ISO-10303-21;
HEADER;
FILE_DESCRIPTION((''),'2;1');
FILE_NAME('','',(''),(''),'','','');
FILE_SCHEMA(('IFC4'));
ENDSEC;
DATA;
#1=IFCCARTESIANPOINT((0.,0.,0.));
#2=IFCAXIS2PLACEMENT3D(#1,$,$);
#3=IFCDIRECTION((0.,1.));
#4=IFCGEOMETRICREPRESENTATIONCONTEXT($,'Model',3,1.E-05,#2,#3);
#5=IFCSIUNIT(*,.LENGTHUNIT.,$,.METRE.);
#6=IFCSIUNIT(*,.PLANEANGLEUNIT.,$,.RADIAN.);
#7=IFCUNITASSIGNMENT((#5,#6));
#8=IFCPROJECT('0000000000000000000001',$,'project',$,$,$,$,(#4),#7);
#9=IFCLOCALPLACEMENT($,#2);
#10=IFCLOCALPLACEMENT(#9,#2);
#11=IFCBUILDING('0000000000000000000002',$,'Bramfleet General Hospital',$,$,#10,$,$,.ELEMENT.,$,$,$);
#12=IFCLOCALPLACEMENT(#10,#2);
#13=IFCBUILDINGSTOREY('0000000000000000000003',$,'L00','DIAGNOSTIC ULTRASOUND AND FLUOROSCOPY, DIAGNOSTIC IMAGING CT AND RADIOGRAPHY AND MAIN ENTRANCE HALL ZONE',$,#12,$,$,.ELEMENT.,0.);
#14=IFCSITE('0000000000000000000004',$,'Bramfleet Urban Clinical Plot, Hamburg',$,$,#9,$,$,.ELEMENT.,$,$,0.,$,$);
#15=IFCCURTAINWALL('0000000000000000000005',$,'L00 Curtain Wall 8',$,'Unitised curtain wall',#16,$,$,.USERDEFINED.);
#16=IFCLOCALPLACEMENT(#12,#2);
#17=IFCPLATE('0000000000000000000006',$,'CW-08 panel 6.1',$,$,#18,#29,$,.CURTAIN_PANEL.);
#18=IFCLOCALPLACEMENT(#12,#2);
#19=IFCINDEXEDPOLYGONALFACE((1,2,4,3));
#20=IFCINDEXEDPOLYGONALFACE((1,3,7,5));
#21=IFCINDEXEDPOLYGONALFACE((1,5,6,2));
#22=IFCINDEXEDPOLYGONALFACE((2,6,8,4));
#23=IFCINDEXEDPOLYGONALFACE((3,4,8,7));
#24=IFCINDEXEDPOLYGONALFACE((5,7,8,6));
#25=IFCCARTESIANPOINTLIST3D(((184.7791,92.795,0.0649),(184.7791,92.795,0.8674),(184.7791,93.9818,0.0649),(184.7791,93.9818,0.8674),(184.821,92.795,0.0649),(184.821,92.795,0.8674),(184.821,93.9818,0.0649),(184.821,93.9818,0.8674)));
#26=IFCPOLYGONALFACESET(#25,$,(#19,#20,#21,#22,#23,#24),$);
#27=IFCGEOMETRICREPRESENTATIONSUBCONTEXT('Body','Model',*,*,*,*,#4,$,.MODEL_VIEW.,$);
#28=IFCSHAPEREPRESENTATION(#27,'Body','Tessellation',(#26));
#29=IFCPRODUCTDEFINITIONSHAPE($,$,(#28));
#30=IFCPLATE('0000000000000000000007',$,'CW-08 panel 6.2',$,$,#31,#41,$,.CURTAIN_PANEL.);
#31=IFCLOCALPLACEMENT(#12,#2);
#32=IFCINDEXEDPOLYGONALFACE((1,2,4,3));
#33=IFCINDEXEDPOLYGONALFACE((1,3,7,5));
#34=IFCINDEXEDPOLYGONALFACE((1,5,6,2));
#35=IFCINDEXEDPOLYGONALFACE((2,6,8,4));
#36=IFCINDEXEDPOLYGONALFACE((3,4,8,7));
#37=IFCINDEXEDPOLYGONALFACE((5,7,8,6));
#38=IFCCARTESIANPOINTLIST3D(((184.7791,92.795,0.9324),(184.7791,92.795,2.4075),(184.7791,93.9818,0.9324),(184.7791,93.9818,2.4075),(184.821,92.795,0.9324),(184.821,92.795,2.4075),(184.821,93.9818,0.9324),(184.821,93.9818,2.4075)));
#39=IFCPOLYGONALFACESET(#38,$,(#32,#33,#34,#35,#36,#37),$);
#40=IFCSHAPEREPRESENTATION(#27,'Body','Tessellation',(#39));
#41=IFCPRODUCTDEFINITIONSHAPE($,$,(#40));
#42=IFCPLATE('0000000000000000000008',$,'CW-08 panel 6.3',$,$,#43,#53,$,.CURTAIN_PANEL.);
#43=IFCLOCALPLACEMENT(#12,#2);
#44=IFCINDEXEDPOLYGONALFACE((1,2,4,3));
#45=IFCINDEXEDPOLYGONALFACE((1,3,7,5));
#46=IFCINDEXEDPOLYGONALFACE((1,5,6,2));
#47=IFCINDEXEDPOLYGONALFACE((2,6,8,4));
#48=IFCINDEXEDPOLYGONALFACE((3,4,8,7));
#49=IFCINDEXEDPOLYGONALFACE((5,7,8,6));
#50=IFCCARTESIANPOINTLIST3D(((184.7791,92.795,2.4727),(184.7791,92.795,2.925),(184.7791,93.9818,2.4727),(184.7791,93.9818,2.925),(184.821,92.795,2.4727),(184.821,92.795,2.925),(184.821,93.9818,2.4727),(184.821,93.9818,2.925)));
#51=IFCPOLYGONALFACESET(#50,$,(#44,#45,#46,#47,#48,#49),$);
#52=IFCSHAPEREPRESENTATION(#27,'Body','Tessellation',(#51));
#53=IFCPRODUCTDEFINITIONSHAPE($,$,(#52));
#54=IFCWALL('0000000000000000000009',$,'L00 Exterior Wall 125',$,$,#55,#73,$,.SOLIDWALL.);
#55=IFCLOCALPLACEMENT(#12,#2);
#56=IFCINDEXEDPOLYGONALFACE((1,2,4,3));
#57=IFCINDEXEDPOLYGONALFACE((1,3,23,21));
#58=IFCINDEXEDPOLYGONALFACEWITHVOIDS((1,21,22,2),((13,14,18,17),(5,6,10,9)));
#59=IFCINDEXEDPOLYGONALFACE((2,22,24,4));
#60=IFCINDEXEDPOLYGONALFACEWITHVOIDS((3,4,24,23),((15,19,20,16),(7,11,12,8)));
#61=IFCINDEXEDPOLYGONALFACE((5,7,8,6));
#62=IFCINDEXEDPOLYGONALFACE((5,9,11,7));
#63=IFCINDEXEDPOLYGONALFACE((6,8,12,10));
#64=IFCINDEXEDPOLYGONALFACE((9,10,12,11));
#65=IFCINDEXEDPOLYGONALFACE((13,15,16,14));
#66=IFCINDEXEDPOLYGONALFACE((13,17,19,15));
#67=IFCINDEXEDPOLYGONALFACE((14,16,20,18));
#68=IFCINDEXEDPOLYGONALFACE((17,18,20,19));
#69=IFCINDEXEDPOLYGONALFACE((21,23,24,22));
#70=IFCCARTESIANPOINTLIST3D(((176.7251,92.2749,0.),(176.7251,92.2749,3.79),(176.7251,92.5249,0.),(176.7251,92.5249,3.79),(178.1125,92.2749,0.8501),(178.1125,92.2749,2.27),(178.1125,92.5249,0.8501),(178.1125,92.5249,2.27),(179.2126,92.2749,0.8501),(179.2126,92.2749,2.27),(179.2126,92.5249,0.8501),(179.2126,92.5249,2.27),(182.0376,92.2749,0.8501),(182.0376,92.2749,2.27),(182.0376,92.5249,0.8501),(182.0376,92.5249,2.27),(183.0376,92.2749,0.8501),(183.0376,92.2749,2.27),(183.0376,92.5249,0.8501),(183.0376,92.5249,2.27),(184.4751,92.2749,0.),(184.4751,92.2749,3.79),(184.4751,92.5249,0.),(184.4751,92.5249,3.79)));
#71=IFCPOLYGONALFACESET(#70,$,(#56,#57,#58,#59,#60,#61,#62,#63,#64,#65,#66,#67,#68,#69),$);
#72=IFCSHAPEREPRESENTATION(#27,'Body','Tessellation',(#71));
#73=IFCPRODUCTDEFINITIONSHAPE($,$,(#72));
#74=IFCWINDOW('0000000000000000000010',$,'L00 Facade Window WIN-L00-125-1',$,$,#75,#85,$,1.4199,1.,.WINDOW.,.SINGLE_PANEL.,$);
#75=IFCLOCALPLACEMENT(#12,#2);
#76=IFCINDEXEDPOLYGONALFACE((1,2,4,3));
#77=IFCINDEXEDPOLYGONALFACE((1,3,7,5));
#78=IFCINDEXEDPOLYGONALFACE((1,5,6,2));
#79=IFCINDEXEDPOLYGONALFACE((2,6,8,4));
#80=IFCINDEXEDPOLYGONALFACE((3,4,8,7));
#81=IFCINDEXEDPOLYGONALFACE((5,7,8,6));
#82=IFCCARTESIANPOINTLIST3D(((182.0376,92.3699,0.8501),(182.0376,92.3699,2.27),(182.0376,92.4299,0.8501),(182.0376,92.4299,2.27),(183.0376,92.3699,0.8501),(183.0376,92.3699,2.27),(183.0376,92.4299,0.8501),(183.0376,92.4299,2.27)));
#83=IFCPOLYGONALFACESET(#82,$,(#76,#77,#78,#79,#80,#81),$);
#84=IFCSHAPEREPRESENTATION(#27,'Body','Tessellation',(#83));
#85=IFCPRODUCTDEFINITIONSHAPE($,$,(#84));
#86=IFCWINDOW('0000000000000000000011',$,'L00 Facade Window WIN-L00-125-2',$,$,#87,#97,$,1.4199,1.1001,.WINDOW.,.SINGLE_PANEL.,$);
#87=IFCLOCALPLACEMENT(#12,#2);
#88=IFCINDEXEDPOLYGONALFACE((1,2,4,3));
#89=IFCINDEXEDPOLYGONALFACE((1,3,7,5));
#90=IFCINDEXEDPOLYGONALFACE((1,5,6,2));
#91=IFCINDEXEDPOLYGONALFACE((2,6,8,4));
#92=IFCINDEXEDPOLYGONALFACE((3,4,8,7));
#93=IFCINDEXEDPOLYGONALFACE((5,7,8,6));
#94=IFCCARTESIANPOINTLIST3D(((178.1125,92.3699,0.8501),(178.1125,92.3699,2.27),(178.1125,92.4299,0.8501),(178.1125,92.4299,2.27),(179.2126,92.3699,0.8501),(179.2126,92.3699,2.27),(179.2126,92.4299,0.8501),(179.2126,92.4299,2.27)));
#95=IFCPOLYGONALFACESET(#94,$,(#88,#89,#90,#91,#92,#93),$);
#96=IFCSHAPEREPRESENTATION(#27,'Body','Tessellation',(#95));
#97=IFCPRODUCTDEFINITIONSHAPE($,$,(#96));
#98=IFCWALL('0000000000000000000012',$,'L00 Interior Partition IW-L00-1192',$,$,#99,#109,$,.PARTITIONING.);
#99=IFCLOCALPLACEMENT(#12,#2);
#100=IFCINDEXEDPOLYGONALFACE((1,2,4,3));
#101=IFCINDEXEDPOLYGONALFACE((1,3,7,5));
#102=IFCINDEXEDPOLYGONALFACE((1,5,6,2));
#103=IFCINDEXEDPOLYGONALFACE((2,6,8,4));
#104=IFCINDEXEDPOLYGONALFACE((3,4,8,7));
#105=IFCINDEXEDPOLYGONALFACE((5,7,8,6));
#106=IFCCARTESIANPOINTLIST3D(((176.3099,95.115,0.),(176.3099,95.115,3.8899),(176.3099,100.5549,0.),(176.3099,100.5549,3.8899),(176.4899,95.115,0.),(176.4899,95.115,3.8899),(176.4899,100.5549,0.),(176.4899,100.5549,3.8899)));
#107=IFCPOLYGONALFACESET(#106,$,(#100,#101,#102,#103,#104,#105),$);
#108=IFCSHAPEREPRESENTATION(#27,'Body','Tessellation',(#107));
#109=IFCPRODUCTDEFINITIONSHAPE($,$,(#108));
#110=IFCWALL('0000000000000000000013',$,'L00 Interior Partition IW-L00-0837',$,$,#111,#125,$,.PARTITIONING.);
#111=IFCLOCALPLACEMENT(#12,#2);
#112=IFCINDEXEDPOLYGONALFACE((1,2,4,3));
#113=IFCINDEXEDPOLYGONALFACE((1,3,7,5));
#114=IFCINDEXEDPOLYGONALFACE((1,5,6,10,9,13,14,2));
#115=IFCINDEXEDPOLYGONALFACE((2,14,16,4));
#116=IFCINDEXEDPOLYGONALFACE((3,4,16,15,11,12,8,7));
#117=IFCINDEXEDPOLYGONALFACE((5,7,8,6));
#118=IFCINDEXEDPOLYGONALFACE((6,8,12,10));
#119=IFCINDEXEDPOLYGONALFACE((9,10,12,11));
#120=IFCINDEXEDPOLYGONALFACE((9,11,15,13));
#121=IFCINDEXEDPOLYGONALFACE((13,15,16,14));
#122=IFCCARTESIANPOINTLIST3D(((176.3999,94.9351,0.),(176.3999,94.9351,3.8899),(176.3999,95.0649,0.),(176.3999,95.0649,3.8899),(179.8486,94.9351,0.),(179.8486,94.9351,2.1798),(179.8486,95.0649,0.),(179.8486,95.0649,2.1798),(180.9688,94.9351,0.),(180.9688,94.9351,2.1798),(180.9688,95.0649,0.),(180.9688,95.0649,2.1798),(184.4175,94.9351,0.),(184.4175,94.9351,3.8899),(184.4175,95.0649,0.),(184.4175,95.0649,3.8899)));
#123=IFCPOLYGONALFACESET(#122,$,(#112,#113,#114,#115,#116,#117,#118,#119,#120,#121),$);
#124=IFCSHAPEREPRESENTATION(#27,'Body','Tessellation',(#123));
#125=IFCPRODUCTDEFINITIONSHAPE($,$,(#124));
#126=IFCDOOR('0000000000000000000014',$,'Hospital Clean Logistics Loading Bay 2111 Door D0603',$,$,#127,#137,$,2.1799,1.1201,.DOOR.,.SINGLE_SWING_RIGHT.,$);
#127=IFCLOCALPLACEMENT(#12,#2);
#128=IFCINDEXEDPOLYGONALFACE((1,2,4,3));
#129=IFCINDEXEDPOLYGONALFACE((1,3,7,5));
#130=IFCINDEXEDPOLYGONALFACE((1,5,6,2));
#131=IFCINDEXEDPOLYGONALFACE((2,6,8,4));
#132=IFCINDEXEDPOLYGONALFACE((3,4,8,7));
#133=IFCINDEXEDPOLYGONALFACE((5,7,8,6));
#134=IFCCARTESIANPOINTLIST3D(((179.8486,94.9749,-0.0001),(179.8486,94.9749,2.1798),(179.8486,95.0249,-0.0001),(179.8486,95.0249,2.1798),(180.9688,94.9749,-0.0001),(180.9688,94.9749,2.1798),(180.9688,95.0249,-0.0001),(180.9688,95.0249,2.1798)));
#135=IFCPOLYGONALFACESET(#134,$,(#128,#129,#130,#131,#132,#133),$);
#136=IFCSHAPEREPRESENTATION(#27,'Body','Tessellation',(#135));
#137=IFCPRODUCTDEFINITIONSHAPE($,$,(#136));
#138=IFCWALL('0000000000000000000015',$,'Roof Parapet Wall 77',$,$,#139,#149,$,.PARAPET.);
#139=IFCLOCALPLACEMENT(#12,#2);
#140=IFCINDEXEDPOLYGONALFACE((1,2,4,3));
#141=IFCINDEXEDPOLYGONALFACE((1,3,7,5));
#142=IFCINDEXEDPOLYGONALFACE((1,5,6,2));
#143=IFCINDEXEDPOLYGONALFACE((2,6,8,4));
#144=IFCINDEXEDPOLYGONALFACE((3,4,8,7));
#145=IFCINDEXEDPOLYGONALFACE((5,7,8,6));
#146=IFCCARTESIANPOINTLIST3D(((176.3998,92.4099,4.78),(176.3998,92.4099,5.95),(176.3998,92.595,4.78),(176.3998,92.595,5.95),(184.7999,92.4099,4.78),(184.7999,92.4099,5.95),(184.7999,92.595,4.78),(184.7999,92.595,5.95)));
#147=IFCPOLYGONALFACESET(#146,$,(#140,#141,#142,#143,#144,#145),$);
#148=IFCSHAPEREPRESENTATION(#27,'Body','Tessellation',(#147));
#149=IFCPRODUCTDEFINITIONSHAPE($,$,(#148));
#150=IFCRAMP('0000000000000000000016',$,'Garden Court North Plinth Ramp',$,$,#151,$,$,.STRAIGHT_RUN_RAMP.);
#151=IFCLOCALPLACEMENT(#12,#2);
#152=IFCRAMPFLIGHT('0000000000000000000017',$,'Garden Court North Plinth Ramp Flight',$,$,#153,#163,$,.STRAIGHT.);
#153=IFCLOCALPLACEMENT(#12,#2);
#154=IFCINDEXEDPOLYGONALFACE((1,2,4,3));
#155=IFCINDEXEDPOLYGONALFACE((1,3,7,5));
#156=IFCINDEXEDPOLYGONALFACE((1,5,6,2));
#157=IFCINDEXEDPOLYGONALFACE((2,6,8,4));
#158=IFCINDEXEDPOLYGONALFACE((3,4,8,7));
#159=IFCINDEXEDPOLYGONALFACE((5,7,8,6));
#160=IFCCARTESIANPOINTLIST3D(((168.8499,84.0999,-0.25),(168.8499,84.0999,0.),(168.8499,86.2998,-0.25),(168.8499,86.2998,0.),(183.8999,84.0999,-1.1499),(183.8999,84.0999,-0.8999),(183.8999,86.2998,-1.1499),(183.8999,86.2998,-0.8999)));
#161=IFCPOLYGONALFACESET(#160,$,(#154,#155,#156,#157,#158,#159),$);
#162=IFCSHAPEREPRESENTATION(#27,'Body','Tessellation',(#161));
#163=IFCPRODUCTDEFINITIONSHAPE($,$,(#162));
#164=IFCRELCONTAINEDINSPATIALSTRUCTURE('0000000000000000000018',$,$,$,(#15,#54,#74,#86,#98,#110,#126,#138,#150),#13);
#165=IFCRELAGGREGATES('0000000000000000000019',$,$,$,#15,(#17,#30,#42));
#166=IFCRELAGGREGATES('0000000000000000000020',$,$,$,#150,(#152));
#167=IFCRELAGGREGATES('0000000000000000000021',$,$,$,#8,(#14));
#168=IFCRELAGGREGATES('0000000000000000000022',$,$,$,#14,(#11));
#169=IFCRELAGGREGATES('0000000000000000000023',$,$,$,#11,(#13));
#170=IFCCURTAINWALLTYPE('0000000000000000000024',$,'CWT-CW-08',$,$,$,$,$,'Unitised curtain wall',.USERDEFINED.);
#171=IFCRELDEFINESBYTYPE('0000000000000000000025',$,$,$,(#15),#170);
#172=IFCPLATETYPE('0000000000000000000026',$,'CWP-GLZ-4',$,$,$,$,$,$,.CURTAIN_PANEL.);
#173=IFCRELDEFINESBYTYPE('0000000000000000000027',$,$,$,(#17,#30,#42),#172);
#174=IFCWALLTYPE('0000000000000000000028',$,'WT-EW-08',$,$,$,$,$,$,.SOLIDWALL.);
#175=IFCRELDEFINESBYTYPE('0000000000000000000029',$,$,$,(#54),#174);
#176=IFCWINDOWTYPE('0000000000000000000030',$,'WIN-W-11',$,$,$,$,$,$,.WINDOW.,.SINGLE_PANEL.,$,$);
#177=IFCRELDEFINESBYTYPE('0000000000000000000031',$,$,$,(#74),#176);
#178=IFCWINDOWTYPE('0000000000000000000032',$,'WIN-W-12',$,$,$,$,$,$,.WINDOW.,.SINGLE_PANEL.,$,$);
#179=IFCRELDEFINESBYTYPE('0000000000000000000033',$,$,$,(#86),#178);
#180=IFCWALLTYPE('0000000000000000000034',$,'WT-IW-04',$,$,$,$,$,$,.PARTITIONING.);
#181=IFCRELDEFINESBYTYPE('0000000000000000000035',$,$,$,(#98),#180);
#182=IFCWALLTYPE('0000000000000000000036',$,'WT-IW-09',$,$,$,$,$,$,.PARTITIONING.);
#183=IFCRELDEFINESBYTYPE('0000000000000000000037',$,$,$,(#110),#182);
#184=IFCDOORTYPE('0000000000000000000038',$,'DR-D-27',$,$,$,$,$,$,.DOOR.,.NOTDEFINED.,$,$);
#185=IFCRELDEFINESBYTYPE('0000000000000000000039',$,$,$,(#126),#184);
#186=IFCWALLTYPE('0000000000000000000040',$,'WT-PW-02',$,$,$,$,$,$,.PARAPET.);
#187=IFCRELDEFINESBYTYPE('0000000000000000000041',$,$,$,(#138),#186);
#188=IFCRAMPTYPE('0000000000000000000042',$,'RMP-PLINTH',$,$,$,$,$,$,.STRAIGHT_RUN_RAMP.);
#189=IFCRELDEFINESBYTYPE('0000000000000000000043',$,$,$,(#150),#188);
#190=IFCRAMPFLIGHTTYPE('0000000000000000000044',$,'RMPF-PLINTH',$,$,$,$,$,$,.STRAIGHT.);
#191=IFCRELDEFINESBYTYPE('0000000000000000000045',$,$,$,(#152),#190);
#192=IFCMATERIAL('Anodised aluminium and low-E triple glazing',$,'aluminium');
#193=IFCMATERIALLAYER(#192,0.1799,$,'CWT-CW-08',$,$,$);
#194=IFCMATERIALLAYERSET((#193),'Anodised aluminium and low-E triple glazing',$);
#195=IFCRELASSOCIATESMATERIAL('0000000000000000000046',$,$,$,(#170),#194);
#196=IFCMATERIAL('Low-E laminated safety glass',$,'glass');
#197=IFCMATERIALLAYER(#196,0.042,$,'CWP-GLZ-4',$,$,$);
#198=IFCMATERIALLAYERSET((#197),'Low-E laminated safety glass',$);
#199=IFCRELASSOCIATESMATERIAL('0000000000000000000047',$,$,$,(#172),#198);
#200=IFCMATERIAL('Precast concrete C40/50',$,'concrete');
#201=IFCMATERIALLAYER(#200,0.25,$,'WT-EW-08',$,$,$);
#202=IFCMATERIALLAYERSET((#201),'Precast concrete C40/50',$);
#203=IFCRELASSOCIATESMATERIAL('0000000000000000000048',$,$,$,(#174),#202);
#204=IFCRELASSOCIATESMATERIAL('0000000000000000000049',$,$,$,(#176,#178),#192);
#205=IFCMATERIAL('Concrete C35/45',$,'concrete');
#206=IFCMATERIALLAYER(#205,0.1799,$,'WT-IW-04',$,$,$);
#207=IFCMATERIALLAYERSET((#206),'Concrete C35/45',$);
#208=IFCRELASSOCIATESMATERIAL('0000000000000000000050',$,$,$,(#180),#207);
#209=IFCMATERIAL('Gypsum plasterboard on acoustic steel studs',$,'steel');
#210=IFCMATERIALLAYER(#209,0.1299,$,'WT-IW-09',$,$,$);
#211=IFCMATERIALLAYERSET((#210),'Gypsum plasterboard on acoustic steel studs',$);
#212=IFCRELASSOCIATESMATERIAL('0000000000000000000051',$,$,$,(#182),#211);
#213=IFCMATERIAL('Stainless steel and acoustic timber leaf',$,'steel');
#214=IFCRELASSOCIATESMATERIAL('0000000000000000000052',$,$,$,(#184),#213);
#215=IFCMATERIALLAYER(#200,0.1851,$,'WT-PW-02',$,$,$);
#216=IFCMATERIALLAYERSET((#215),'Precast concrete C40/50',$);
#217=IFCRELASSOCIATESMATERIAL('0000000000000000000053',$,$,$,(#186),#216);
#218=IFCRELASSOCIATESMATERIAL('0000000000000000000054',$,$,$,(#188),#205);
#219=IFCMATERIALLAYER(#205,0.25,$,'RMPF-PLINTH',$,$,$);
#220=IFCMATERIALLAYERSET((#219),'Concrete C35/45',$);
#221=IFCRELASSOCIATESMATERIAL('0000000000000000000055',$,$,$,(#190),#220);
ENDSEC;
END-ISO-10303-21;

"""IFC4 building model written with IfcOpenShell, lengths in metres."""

from ifc_helpers import new_model, si_unit, direction, frame, frame_2d, origin, origin_2d, place, context, subcontext, project, spatial, polyline, rectangle, outline, extrude, material, layer, layer_set, type_object, element, fill, aggregate, save


model = new_model("IFC4")

# Units and contexts
model_context = context("Model", 3, precision=1e-05, world=origin(), true_north=direction((0.0, 1.0)))
body_context = subcontext(model_context, "Body", "Model", "MODEL_VIEW")
ifc_project = project(units=[si_unit("LENGTHUNIT", "METRE"), si_unit("PLANEANGLEUNIT", "RADIAN")], contexts=[model_context])

# Site, building, storey
site_placement = place(None, origin())
site = spatial("IfcSite", under=ifc_project, at=site_placement, Name="Bramfleet Urban Clinical Plot, Hamburg", CompositionType="ELEMENT", RefElevation=0.0)
building_placement = place(site_placement, origin())
building = spatial("IfcBuilding", under=site, at=building_placement, Name="Bramfleet General Hospital", CompositionType="ELEMENT")
storey_placement = place(building_placement, origin())
storey = spatial("IfcBuildingStorey", under=building, at=storey_placement, Name="L00", Description="DIAGNOSTIC ULTRASOUND AND FLUOROSCOPY, DIAGNOSTIC IMAGING CT AND RADIOGRAPHY AND MAIN ENTRANCE HALL ZONE", CompositionType="ELEMENT", Elevation=0.0)

# Shared definitions
ifc_material_1 = material(Name="Concrete C35/45", Category="concrete")

# Curtain wall, plates
ifc_material_2 = material(Name="Anodised aluminium and low-E triple glazing", Category="aluminium")
ifc_layer_1 = layer(ifc_material_2, 0.1799, Name="CWT-CW-08")
ifc_layer_set_1 = layer_set([ifc_layer_1], Name="Anodised aluminium and low-E triple glazing")
curtain_wall_type = type_object("IfcCurtainWallType", Name="CWT-CW-08", ElementType="Unitised curtain wall", PredefinedType="USERDEFINED", material=ifc_layer_set_1)
curtain_wall_placement = place(storey_placement, origin())
curtain_wall = element("IfcCurtainWall", 1, at=curtain_wall_placement, inside=storey, type_object=curtain_wall_type, Name="L00 Curtain Wall 8", ObjectType="Unitised curtain wall", PredefinedType="USERDEFINED")
ifc_material_3 = material(Name="Low-E laminated safety glass", Category="glass")
ifc_layer_2 = layer(ifc_material_3, 0.042, Name="CWP-GLZ-4")
ifc_layer_set_2 = layer_set([ifc_layer_2], Name="Low-E laminated safety glass")
plate_type = type_object("IfcPlateType", Name="CWP-GLZ-4", PredefinedType="CURTAIN_PANEL", material=ifc_layer_set_2)
plate_1_placement = place(storey_placement, frame((184.8, 93.3884, 0.0649), z_axis=(0.0, 0.0, 1.0), x_axis=(0.0, -1.0, 0.0)))
plate_1 = element("IfcPlate", 2, at=plate_1_placement, type_object=plate_type, Name="CW-08 panel 6.1", PredefinedType="CURTAIN_PANEL", context=body_context, shape_type="SweptSolid", body=[
    extrude(rectangle(XDim=1.1868, YDim=0.042, at=origin_2d()), origin(), (0.0, 0.0, 1.0), 0.8025),
])
plate_2_placement = place(storey_placement, frame((184.8, 93.3884, 0.9324), z_axis=(0.0, 0.0, 1.0), x_axis=(0.0, -1.0, 0.0)))
plate_2 = element("IfcPlate", 3, at=plate_2_placement, type_object=plate_type, Name="CW-08 panel 6.2", PredefinedType="CURTAIN_PANEL", context=body_context, shape_type="SweptSolid", body=[
    extrude(rectangle(XDim=1.1868, YDim=0.042, at=origin_2d()), origin(), (0.0, 0.0, 1.0), 1.4751),
])
plate_3_placement = place(storey_placement, frame((184.8, 93.3884, 2.4727), z_axis=(0.0, 0.0, 1.0), x_axis=(0.0, -1.0, 0.0)))
plate_3 = element("IfcPlate", 4, at=plate_3_placement, type_object=plate_type, Name="CW-08 panel 6.3", PredefinedType="CURTAIN_PANEL", context=body_context, shape_type="SweptSolid", body=[
    extrude(rectangle(XDim=1.1868, YDim=0.042, at=origin_2d()), origin(), (0.0, 0.0, 1.0), 0.4524),
])
aggregate(curtain_wall, [plate_1, plate_2, plate_3])

# Wall, openings, windows
ifc_material_4 = material(Name="Precast concrete C40/50", Category="concrete")
ifc_layer_3 = layer(ifc_material_4, 0.25, Name="WT-EW-08")
ifc_layer_set_3 = layer_set([ifc_layer_3], Name="Precast concrete C40/50")
wall_type_1 = type_object("IfcWallType", Name="WT-EW-08", PredefinedType="SOLIDWALL", material=ifc_layer_set_3)
wall_1_placement = place(storey_placement, frame((184.4751, 92.3999, 0.0), z_axis=(0.0, 0.0, 1.0), x_axis=(-1.0, 0.0, 0.0)))
wall_1 = element("IfcWall", 5, at=wall_1_placement, inside=storey, type_object=wall_type_1, Name="L00 Exterior Wall 125", PredefinedType="SOLIDWALL", context=body_context, shape_type="SweptSolid", body=[
    extrude(rectangle(XDim=7.75, YDim=0.25, at=frame_2d((3.875, 0.0))), origin(), (0.0, 0.0, 1.0), 3.79),
])
opening_1_placement = place(wall_1_placement, frame((1.4375, 0.0, 0.8501)))
opening_1 = element("IfcOpeningElement", 6, at=opening_1_placement, cuts=wall_1, PredefinedType="OPENING", context=body_context, shape_type="SweptSolid", body=[
    extrude(rectangle(XDim=1.0, YDim=1.4199, at=frame_2d((0.5, 0.71))), frame((0.0, 0.135, 0.0), z_axis=(0.0, -1.0, 0.0), x_axis=(1.0, 0.0, 0.0)), (0.0, 0.0, 1.0), 0.27),
])
opening_2_placement = place(wall_1_placement, frame((5.2625, 0.0, 0.8501)))
opening_2 = element("IfcOpeningElement", 7, at=opening_2_placement, cuts=wall_1, PredefinedType="OPENING", context=body_context, shape_type="SweptSolid", body=[
    extrude(rectangle(XDim=1.1001, YDim=1.4199, at=frame_2d((0.55, 0.71))), frame((0.0, 0.135, 0.0), z_axis=(0.0, -1.0, 0.0), x_axis=(1.0, 0.0, 0.0)), (0.0, 0.0, 1.0), 0.27),
])
window_type_1 = type_object("IfcWindowType", Name="WIN-W-11", PartitioningType="SINGLE_PANEL", PredefinedType="WINDOW", material=ifc_material_2)
window_1_placement = place(opening_1_placement, origin())
window_1 = element("IfcWindow", 8, at=window_1_placement, inside=storey, type_object=window_type_1, Name="L00 Facade Window WIN-L00-125-1", OverallHeight=1.4199, OverallWidth=1.0, PartitioningType="SINGLE_PANEL", PredefinedType="WINDOW", context=body_context, shape_type="SweptSolid", body=[
    extrude(rectangle(XDim=1.0, YDim=1.4199, at=frame_2d((0.5, 0.71))), frame((0.0, 0.03, 0.0), z_axis=(0.0, -1.0, 0.0), x_axis=(1.0, 0.0, 0.0)), (0.0, 0.0, 1.0), 0.0601),
])
fill(opening_1, window_1)
window_type_2 = type_object("IfcWindowType", Name="WIN-W-12", PartitioningType="SINGLE_PANEL", PredefinedType="WINDOW", material=ifc_material_2)
window_2_placement = place(opening_2_placement, origin())
window_2 = element("IfcWindow", 9, at=window_2_placement, inside=storey, type_object=window_type_2, Name="L00 Facade Window WIN-L00-125-2", OverallHeight=1.4199, OverallWidth=1.1001, PartitioningType="SINGLE_PANEL", PredefinedType="WINDOW", context=body_context, shape_type="SweptSolid", body=[
    extrude(rectangle(XDim=1.1001, YDim=1.4199, at=frame_2d((0.55, 0.71))), frame((0.0, 0.03, 0.0), z_axis=(0.0, -1.0, 0.0), x_axis=(1.0, 0.0, 0.0)), (0.0, 0.0, 1.0), 0.0601),
])
fill(opening_2, window_2)

# Wall
ifc_layer_4 = layer(ifc_material_1, 0.1799, Name="WT-IW-04")
ifc_layer_set_4 = layer_set([ifc_layer_4], Name="Concrete C35/45")
wall_type_2 = type_object("IfcWallType", Name="WT-IW-04", PredefinedType="PARTITIONING", material=ifc_layer_set_4)
wall_2_placement = place(storey_placement, frame((176.3999, 95.115, 0.0), z_axis=(0.0, 0.0, 1.0), x_axis=(0.0, 1.0, 0.0)))
element("IfcWall", 10, at=wall_2_placement, inside=storey, type_object=wall_type_2, Name="L00 Interior Partition IW-L00-1192", PredefinedType="PARTITIONING", context=body_context, shape_type="SweptSolid", body=[
    extrude(rectangle(XDim=5.4399, YDim=0.1799, at=frame_2d((2.72, 0.0))), origin(), (0.0, 0.0, 1.0), 3.8899),
])

# Wall, opening, door
ifc_material_5 = material(Name="Gypsum plasterboard on acoustic steel studs", Category="steel")
ifc_layer_5 = layer(ifc_material_5, 0.1299, Name="WT-IW-09")
ifc_layer_set_5 = layer_set([ifc_layer_5], Name="Gypsum plasterboard on acoustic steel studs")
wall_type_3 = type_object("IfcWallType", Name="WT-IW-09", PredefinedType="PARTITIONING", material=ifc_layer_set_5)
wall_3_placement = place(storey_placement, frame((176.3999, 95.0, 0.0), z_axis=(0.0, 0.0, 1.0), x_axis=(1.0, 0.0, 0.0)))
wall_3 = element("IfcWall", 11, at=wall_3_placement, inside=storey, type_object=wall_type_3, Name="L00 Interior Partition IW-L00-0837", PredefinedType="PARTITIONING", context=body_context, shape_type="SweptSolid", body=[
    extrude(rectangle(XDim=8.0176, YDim=0.1299, at=frame_2d((4.0088, 0.0))), origin(), (0.0, 0.0, 1.0), 3.8899),
])
opening_3_placement = place(wall_3_placement, frame((3.4487, 0.0, 0.0)))
opening_3 = element("IfcOpeningElement", 12, at=opening_3_placement, cuts=wall_3, PredefinedType="OPENING", context=body_context, shape_type="SweptSolid", body=[
    extrude(rectangle(XDim=1.1201, YDim=2.1799, at=frame_2d((0.5601, 1.0898))), frame((0.0, 0.075, 0.0), z_axis=(0.0, -1.0, 0.0), x_axis=(1.0, 0.0, 0.0)), (0.0, 0.0, 1.0), 0.1499),
])
ifc_material_6 = material(Name="Stainless steel and acoustic timber leaf", Category="steel")
door_type = type_object("IfcDoorType", Name="DR-D-27", OperationType="NOTDEFINED", PredefinedType="DOOR", material=ifc_material_6)
door_placement = place(opening_3_placement, origin())
door = element("IfcDoor", 13, at=door_placement, inside=storey, type_object=door_type, Name="Hospital Clean Logistics Loading Bay 2111 Door D0603", OperationType="SINGLE_SWING_RIGHT", OverallHeight=2.1799, OverallWidth=1.1201, PredefinedType="DOOR", context=body_context, shape_type="SweptSolid", body=[
    extrude(rectangle(XDim=1.1201, YDim=2.1799, at=frame_2d((0.5601, 1.0898))), frame((0.0, 0.0249, 0.0), z_axis=(0.0, -1.0, 0.0), x_axis=(1.0, 0.0, 0.0)), (0.0, 0.0, 1.0), 0.05),
])
fill(opening_3, door)

# Wall
ifc_layer_6 = layer(ifc_material_4, 0.1851, Name="WT-PW-02")
ifc_layer_set_6 = layer_set([ifc_layer_6], Name="Precast concrete C40/50")
wall_type_4 = type_object("IfcWallType", Name="WT-PW-02", PredefinedType="PARAPET", material=ifc_layer_set_6)
wall_4_placement = place(storey_placement, frame((184.8, 92.5024, 4.78), z_axis=(0.0, 0.0, 1.0), x_axis=(-1.0, 0.0, 0.0)))
element("IfcWall", 14, at=wall_4_placement, inside=storey, type_object=wall_type_4, Name="Roof Parapet Wall 77", PredefinedType="PARAPET", context=body_context, shape_type="SweptSolid", body=[
    extrude(rectangle(XDim=8.4001, YDim=0.1851, at=frame_2d((4.2002, 0.0))), origin(), (0.0, 0.0, 1.0), 1.1699),
])

# Ramp, ramp flight
ramp_type = type_object("IfcRampType", Name="RMP-PLINTH", PredefinedType="STRAIGHT_RUN_RAMP", material=ifc_material_1)
ramp_placement = place(storey_placement, origin())
ramp = element("IfcRamp", 15, at=ramp_placement, inside=storey, type_object=ramp_type, Name="Garden Court North Plinth Ramp", PredefinedType="STRAIGHT_RUN_RAMP")
ifc_layer_7 = layer(ifc_material_1, 0.25, Name="RMPF-PLINTH")
ifc_layer_set_7 = layer_set([ifc_layer_7], Name="Concrete C35/45")
ramp_flight_type = type_object("IfcRampFlightType", Name="RMPF-PLINTH", PredefinedType="STRAIGHT", material=ifc_layer_set_7)
ramp_flight_placement = place(storey_placement, frame((183.8999, 85.2, -0.8999), z_axis=(0.0, 0.0, 1.0), x_axis=(-1.0, 0.0, 0.0)))
ramp_flight = element("IfcRampFlight", 16, at=ramp_flight_placement, type_object=ramp_flight_type, Name="Garden Court North Plinth Ramp Flight", PredefinedType="STRAIGHT", context=body_context, shape_type="SweptSolid", body=[
    extrude(outline(polyline([(0.0, 0.0), (0.0, -0.25), (15.05, 0.6499), (15.05, 0.8999), (0.0, 0.0)])), frame((0.0, 1.1001, 0.0), z_axis=(0.0, -1.0, 0.0), x_axis=(1.0, 0.0, 0.0)), (0.0, 0.0, 1.0), 2.2),
])
aggregate(ramp, [ramp_flight])

save(model, "model.ifc")
